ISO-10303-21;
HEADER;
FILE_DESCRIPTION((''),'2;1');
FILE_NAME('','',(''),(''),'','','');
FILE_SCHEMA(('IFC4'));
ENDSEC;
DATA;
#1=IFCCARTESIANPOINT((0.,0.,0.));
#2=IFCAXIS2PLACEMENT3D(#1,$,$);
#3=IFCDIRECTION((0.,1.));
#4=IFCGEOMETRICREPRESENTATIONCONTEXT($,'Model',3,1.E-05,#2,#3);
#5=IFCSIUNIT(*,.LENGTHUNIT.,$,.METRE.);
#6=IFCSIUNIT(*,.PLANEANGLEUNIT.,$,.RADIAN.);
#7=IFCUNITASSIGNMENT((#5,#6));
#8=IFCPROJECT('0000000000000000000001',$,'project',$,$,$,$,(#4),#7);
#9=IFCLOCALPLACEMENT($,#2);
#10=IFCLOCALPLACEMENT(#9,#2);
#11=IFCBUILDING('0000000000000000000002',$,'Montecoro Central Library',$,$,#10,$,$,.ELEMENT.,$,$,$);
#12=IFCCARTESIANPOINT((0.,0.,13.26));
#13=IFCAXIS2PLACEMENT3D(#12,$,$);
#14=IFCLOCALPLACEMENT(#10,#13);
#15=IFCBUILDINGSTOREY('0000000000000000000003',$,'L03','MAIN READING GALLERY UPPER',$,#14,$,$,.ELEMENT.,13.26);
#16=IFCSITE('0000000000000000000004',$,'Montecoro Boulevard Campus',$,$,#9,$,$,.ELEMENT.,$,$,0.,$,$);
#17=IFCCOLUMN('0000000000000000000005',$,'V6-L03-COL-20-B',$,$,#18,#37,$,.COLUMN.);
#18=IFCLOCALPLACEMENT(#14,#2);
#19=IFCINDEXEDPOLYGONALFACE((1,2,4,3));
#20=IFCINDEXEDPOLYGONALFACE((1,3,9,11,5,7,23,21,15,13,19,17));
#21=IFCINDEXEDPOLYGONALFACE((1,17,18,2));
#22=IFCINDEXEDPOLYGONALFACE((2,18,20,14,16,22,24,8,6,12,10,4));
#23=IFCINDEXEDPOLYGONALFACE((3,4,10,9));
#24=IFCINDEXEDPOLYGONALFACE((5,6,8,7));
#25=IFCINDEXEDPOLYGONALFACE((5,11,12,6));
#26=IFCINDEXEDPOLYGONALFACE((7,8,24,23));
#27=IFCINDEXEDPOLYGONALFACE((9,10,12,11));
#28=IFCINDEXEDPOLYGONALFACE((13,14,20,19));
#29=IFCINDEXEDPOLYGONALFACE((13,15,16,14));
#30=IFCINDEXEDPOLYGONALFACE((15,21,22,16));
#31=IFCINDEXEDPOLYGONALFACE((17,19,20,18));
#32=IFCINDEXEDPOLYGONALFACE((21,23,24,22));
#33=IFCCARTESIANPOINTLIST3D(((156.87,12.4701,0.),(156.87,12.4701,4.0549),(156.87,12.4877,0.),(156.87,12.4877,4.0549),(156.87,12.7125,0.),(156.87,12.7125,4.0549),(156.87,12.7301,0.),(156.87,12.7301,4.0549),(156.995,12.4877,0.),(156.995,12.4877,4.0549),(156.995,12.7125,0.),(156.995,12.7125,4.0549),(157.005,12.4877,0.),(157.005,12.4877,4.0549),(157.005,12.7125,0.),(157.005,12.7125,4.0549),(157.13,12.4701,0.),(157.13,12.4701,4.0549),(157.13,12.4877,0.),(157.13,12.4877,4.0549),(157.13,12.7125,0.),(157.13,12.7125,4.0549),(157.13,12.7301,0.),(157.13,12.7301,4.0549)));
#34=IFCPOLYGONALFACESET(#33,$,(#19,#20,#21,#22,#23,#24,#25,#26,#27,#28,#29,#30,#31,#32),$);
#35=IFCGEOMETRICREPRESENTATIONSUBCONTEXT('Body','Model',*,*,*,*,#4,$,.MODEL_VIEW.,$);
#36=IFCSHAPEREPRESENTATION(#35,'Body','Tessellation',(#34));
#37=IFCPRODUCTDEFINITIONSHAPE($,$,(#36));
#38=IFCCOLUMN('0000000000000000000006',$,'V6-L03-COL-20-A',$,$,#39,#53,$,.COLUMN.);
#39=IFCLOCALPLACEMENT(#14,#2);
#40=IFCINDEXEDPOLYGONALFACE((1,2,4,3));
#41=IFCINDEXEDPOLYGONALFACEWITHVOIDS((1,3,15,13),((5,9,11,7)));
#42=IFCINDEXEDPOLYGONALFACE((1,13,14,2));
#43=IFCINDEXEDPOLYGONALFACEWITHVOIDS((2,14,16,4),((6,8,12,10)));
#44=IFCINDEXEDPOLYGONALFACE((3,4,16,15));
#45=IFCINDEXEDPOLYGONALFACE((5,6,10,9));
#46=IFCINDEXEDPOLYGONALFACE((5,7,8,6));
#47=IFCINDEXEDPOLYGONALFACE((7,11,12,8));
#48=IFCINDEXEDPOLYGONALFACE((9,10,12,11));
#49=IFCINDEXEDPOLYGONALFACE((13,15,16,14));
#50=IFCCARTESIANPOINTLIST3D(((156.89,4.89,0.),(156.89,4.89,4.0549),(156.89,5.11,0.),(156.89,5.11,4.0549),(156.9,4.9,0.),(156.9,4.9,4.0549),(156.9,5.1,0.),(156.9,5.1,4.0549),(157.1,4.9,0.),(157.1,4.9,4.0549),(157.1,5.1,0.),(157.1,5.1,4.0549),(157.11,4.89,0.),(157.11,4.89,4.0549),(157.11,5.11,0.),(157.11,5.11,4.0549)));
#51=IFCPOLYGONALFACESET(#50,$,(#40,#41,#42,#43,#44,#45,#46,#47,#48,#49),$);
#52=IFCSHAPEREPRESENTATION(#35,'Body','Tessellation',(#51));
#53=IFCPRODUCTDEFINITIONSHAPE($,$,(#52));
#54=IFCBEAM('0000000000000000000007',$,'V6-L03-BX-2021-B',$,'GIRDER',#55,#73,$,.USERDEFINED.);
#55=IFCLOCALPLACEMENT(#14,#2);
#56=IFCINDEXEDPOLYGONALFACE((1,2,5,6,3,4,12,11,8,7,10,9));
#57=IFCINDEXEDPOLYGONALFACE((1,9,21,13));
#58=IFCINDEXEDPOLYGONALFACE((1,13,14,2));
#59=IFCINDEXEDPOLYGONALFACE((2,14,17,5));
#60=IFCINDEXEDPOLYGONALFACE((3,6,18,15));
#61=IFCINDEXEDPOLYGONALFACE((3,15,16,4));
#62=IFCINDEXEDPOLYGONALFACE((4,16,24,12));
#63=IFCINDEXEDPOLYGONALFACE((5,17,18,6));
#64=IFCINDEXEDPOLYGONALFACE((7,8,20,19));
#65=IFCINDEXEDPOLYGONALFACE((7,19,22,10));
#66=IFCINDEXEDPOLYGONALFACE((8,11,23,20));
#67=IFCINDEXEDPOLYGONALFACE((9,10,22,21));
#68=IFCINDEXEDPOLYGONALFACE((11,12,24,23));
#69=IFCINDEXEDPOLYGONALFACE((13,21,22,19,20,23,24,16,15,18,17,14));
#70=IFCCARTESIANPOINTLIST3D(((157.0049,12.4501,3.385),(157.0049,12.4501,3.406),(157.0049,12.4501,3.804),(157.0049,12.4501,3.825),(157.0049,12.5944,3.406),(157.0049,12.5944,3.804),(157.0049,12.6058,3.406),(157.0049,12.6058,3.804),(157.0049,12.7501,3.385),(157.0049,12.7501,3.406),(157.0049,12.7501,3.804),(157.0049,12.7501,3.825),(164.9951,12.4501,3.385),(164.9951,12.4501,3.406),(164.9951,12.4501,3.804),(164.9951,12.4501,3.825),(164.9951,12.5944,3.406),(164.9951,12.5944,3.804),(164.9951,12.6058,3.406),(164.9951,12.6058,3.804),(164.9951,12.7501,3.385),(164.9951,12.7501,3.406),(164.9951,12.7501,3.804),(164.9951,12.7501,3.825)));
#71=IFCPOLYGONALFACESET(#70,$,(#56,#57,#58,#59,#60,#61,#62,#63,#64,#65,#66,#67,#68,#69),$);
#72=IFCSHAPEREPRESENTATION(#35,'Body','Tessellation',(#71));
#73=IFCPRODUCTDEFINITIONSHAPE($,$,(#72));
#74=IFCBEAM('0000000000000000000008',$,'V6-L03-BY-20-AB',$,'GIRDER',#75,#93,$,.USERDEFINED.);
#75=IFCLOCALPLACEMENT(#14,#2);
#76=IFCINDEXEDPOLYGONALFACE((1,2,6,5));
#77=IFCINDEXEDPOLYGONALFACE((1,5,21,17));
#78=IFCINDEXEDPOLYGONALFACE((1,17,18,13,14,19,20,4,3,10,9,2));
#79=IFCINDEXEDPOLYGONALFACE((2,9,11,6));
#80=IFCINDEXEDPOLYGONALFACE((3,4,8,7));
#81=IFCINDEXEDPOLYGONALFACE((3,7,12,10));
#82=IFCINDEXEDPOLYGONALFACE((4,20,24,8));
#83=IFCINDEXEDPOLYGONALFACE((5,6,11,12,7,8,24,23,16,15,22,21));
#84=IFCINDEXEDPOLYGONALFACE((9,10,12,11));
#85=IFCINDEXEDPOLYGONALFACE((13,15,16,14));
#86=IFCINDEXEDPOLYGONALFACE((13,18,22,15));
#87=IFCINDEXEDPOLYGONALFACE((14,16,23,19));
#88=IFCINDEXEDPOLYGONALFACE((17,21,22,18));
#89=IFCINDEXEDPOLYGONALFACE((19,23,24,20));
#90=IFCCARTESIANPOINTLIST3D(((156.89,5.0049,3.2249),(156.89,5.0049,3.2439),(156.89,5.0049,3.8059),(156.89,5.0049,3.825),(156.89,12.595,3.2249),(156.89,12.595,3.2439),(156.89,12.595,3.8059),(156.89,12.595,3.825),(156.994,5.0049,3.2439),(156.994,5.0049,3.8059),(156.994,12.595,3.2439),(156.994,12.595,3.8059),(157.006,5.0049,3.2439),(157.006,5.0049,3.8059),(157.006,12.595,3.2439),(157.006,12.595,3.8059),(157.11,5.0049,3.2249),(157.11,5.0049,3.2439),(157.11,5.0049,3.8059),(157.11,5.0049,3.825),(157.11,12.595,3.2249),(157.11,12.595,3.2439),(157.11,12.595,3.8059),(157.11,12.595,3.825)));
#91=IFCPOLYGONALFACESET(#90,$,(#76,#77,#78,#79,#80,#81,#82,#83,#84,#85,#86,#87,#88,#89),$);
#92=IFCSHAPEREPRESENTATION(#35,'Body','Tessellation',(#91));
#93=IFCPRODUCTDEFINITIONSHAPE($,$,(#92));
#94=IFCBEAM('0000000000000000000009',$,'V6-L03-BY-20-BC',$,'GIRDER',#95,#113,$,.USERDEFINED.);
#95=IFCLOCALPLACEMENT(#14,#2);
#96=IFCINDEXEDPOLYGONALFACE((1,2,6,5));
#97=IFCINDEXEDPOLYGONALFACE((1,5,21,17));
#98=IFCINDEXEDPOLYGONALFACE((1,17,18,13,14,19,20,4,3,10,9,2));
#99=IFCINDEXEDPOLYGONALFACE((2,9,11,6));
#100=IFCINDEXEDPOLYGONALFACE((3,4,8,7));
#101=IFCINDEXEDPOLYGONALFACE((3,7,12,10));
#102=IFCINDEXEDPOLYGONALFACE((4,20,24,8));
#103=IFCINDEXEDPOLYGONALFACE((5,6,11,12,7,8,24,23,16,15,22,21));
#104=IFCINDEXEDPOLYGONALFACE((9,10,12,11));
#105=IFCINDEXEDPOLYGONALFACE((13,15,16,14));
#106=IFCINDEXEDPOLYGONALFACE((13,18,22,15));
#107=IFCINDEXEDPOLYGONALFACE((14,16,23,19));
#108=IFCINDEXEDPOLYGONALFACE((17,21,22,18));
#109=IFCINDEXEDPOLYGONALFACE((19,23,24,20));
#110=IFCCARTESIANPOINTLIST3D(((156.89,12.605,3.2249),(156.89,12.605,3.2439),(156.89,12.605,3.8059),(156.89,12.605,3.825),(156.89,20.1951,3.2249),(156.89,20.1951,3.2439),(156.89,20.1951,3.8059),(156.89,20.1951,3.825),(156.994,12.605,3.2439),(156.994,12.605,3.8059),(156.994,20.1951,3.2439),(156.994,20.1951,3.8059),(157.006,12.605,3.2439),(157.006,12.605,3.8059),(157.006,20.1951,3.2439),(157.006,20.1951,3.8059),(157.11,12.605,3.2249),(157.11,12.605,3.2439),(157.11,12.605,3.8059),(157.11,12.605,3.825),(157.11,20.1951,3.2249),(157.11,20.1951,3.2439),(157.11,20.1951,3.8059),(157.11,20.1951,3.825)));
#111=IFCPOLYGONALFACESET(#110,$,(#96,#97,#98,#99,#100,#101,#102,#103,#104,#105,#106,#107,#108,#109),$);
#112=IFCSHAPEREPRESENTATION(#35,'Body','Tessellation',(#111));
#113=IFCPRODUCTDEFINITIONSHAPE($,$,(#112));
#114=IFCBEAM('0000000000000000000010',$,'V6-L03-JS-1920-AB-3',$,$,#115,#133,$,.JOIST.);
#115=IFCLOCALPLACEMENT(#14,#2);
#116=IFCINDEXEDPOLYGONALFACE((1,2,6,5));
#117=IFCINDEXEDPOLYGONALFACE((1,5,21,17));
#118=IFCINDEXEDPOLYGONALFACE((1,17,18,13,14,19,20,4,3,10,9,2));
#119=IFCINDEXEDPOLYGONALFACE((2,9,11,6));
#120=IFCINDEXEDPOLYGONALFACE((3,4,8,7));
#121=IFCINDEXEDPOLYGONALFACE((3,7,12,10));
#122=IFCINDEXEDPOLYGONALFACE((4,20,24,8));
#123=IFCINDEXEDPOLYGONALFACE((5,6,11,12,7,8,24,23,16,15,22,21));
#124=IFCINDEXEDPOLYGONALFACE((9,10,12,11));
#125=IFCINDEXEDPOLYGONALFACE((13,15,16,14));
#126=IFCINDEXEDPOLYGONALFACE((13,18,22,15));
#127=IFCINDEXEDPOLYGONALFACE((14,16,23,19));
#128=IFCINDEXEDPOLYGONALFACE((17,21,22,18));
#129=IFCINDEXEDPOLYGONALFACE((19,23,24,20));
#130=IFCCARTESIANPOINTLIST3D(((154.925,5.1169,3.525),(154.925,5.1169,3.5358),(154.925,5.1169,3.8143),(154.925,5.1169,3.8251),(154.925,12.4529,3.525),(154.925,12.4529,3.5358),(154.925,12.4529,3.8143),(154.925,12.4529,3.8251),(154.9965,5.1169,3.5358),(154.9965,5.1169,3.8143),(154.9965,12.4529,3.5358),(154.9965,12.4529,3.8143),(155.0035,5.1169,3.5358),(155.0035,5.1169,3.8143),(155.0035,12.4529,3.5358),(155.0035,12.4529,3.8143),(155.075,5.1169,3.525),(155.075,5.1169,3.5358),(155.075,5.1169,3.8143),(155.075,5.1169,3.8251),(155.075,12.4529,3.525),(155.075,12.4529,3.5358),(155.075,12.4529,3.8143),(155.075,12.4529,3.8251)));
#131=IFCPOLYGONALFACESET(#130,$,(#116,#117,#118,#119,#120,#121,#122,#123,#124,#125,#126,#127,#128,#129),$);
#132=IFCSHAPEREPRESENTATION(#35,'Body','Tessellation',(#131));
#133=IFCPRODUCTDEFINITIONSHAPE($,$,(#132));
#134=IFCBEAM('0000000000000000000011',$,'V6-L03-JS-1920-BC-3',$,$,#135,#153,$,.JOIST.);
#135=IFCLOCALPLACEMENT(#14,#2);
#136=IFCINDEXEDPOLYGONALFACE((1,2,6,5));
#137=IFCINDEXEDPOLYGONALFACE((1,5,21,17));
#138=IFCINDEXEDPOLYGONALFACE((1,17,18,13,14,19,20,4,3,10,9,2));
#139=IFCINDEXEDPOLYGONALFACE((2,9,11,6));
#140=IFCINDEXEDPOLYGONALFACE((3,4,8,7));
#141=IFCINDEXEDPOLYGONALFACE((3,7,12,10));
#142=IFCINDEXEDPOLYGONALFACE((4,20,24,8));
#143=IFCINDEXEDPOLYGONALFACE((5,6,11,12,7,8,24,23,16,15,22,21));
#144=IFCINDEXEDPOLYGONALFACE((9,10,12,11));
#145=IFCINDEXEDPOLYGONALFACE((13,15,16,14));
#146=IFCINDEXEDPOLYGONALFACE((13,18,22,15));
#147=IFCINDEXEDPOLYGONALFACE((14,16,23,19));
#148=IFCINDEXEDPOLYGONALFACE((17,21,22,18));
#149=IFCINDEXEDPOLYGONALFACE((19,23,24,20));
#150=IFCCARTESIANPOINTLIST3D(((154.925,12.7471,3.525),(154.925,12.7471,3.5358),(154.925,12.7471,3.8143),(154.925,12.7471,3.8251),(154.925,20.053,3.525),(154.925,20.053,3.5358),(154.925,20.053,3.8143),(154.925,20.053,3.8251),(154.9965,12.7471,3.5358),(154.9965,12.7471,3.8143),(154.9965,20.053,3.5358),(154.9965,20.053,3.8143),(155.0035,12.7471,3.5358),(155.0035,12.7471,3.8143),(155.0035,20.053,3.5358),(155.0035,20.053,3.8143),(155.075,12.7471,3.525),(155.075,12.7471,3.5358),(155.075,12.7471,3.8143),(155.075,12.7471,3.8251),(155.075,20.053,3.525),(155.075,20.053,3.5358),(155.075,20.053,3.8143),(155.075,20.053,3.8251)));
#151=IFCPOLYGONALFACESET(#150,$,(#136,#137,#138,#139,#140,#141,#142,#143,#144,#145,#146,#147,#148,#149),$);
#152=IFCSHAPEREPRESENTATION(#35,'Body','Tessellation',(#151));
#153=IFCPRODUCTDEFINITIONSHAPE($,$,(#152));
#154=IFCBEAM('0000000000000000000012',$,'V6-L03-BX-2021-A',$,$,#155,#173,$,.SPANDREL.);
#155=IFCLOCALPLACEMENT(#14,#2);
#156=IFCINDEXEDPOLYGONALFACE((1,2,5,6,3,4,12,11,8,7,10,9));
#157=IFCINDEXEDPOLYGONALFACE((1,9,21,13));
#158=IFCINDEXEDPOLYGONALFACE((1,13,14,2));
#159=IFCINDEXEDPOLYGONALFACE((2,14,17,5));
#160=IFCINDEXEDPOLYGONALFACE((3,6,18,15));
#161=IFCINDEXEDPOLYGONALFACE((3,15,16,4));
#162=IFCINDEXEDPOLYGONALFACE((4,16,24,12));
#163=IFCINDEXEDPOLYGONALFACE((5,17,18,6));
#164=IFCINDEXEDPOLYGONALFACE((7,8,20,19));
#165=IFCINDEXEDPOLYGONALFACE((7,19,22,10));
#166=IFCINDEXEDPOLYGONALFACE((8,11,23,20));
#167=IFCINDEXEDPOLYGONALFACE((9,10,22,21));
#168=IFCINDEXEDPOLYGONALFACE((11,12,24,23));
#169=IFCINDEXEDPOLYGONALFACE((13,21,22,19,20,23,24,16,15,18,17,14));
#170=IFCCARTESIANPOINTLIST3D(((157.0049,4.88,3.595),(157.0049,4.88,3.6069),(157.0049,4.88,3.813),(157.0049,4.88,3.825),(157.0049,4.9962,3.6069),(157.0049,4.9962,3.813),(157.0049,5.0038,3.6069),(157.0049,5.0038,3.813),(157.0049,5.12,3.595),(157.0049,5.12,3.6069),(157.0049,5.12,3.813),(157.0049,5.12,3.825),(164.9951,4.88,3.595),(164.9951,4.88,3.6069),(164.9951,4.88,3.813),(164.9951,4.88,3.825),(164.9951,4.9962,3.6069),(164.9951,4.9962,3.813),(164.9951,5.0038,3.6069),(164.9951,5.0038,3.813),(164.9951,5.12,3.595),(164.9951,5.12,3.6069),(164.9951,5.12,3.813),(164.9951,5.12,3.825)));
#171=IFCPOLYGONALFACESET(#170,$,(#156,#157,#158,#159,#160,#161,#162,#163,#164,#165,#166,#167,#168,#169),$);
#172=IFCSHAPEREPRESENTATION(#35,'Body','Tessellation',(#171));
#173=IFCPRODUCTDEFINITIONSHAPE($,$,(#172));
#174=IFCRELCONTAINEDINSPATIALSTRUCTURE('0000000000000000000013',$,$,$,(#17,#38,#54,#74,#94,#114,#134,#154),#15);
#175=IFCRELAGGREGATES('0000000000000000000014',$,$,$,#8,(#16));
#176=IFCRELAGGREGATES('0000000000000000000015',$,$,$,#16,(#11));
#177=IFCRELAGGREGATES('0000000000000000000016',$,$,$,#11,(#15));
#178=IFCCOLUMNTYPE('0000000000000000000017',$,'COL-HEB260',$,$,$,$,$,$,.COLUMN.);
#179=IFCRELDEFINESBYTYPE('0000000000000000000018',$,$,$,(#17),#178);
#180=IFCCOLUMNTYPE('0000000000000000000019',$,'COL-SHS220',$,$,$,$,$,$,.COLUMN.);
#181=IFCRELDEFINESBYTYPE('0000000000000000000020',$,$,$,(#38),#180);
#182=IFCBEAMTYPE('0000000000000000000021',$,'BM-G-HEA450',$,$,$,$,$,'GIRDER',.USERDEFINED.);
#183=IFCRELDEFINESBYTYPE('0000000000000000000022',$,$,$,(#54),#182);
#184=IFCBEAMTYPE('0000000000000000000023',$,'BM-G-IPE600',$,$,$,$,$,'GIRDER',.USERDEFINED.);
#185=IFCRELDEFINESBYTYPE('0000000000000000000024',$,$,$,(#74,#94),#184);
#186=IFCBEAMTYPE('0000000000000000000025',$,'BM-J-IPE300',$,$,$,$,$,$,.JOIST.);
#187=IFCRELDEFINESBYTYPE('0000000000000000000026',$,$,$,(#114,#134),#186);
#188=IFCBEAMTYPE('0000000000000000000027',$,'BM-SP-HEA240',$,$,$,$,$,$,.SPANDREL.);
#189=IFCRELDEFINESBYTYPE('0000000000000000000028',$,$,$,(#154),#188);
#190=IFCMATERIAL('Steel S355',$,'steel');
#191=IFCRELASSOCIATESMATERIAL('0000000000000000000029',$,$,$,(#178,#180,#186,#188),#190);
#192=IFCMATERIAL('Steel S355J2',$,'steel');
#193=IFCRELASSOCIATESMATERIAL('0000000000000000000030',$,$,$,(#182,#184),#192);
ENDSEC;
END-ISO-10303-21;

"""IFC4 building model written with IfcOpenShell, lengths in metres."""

from ifc_helpers import new_model, si_unit, direction, frame, origin, origin_2d, place, context, subcontext, project, spatial, hollow_rectangle, i_section, extrude, material, material_profile, profile_set, type_object, element, save


model = new_model("IFC4")

# Units and contexts
model_context = context("Model", 3, precision=1e-05, world=origin(), true_north=direction((0.0, 1.0)))
body_context = subcontext(model_context, "Body", "Model", "MODEL_VIEW")
ifc_project = project(units=[si_unit("LENGTHUNIT", "METRE"), si_unit("PLANEANGLEUNIT", "RADIAN")], contexts=[model_context])

# Site, building, storey
site_placement = place(None, origin())
site = spatial("IfcSite", under=ifc_project, at=site_placement, Name="Montecoro Boulevard Campus", CompositionType="ELEMENT", RefElevation=0.0)
building_placement = place(site_placement, origin())
building = spatial("IfcBuilding", under=site, at=building_placement, Name="Montecoro Central Library", CompositionType="ELEMENT")
storey_placement = place(building_placement, frame((0.0, 0.0, 13.26)))
storey = spatial("IfcBuildingStorey", under=building, at=storey_placement, Name="L03", Description="MAIN READING GALLERY UPPER", CompositionType="ELEMENT", Elevation=13.26)

# Columns
ifc_material_1 = material(Name="Steel S355", Category="steel")
ifc_material_profile_1 = material_profile(ifc_material_1, i_section(OverallWidth=0.26, OverallDepth=0.26, WebThickness=0.01, FlangeThickness=0.0176, at=origin_2d()), Name="HEB 260")
ifc_profile_set_1 = profile_set([ifc_material_profile_1], Name="Steel S355")
column_type_1 = type_object("IfcColumnType", Name="COL-HEB260", PredefinedType="COLUMN", material=ifc_profile_set_1)
column_1_placement = place(storey_placement, frame((157.0, 12.6001, 0.0), z_axis=(0.0, 0.0, 1.0), x_axis=(1.0, 0.0, 0.0)))
element("IfcColumn", 1, at=column_1_placement, inside=storey, type_object=column_type_1, Name="V6-L03-COL-20-B", PredefinedType="COLUMN", context=body_context, shape_type="SweptSolid", body=[
    extrude(i_section(OverallWidth=0.26, OverallDepth=0.26, WebThickness=0.01, FlangeThickness=0.0176, at=origin_2d()), origin(), (0.0, 0.0, 1.0), 4.0549),
])
ifc_material_profile_2 = material_profile(ifc_material_1, hollow_rectangle(XDim=0.22, YDim=0.22, WallThickness=0.01, at=origin_2d()), Name="SHS 220x220x10.0")
ifc_profile_set_2 = profile_set([ifc_material_profile_2], Name="Steel S355")
column_type_2 = type_object("IfcColumnType", Name="COL-SHS220", PredefinedType="COLUMN", material=ifc_profile_set_2)
column_2_placement = place(storey_placement, frame((157.0, 5.0, 0.0), z_axis=(0.0, 0.0, 1.0), x_axis=(1.0, 0.0, 0.0)))
element("IfcColumn", 2, at=column_2_placement, inside=storey, type_object=column_type_2, Name="V6-L03-COL-20-A", PredefinedType="COLUMN", context=body_context, shape_type="SweptSolid", body=[
    extrude(hollow_rectangle(XDim=0.22, YDim=0.22, WallThickness=0.01, at=origin_2d()), origin(), (0.0, 0.0, 1.0), 4.0549),
])

# Beams
ifc_material_2 = material(Name="Steel S355J2", Category="steel")
ifc_material_profile_3 = material_profile(ifc_material_2, i_section(OverallWidth=0.3, OverallDepth=0.4399, WebThickness=0.0115, FlangeThickness=0.021, at=origin_2d()), Name="HEA 450")
ifc_profile_set_3 = profile_set([ifc_material_profile_3], Name="Steel S355J2")
beam_type_1 = type_object("IfcBeamType", Name="BM-G-HEA450", ElementType="GIRDER", PredefinedType="USERDEFINED", material=ifc_profile_set_3)
beam_1_placement = place(storey_placement, frame((157.0049, 12.6001, 3.605), z_axis=(1.0, 0.0, 0.0), x_axis=(0.0, 1.0, 0.0)))
element("IfcBeam", 3, at=beam_1_placement, inside=storey, type_object=beam_type_1, Name="V6-L03-BX-2021-B", ObjectType="GIRDER", PredefinedType="USERDEFINED", context=body_context, shape_type="SweptSolid", body=[
    extrude(i_section(OverallWidth=0.3, OverallDepth=0.4399, WebThickness=0.0115, FlangeThickness=0.021, at=origin_2d()), origin(), (0.0, 0.0, 1.0), 7.9902),
])
ifc_material_profile_4 = material_profile(ifc_material_2, i_section(OverallWidth=0.22, OverallDepth=0.6001, WebThickness=0.012, FlangeThickness=0.019, at=origin_2d()), Name="IPE 600")
ifc_profile_set_4 = profile_set([ifc_material_profile_4], Name="Steel S355J2")
beam_type_2 = type_object("IfcBeamType", Name="BM-G-IPE600", ElementType="GIRDER", PredefinedType="USERDEFINED", material=ifc_profile_set_4)
for number, where, z_axis, x_axis, name in (
    (4, (157.0, 5.0049, 3.5249), (0.0, 1.0, 0.0), (-1.0, 0.0, 0.0), "V6-L03-BY-20-AB"),
    (5, (157.0, 12.605, 3.5249), (0.0, 1.0, 0.0), (-1.0, 0.0, 0.0), "V6-L03-BY-20-BC"),
):
    element("IfcBeam", number, at=place(storey_placement, frame(where, z_axis=z_axis, x_axis=x_axis)), inside=storey, type_object=beam_type_2, Name=name, ObjectType="GIRDER", PredefinedType="USERDEFINED", context=body_context, shape_type="SweptSolid", body=[
        extrude(i_section(OverallWidth=0.22, OverallDepth=0.6001, WebThickness=0.012, FlangeThickness=0.019, at=origin_2d()), origin(), (0.0, 0.0, 1.0), 7.5901),
    ])
ifc_material_profile_5 = material_profile(ifc_material_1, i_section(OverallWidth=0.1499, OverallDepth=0.3, WebThickness=0.0071, FlangeThickness=0.0107, at=origin_2d()), Name="IPE 300")
ifc_profile_set_5 = profile_set([ifc_material_profile_5], Name="Steel S355")
beam_type_3 = type_object("IfcBeamType", Name="BM-J-IPE300", PredefinedType="JOIST", material=ifc_profile_set_5)
beam_2_placement = place(storey_placement, frame((155.0, 5.1169, 3.675), z_axis=(0.0, 1.0, 0.0), x_axis=(-1.0, 0.0, 0.0)))
element("IfcBeam", 6, at=beam_2_placement, inside=storey, type_object=beam_type_3, Name="V6-L03-JS-1920-AB-3", PredefinedType="JOIST", context=body_context, shape_type="SweptSolid", body=[
    extrude(i_section(OverallWidth=0.1499, OverallDepth=0.3, WebThickness=0.0071, FlangeThickness=0.0107, at=origin_2d()), origin(), (0.0, 0.0, 1.0), 7.3359),
])
beam_3_placement = place(storey_placement, frame((155.0, 12.7471, 3.675), z_axis=(0.0, 1.0, 0.0), x_axis=(-1.0, 0.0, 0.0)))
element("IfcBeam", 7, at=beam_3_placement, inside=storey, type_object=beam_type_3, Name="V6-L03-JS-1920-BC-3", PredefinedType="JOIST", context=body_context, shape_type="SweptSolid", body=[
    extrude(i_section(OverallWidth=0.1499, OverallDepth=0.3, WebThickness=0.0071, FlangeThickness=0.0107, at=origin_2d()), origin(), (0.0, 0.0, 1.0), 7.3059),
])
ifc_material_profile_6 = material_profile(ifc_material_1, i_section(OverallWidth=0.24, OverallDepth=0.23, WebThickness=0.0076, FlangeThickness=0.012, at=origin_2d()), Name="HEA 240")
ifc_profile_set_6 = profile_set([ifc_material_profile_6], Name="Steel S355")
beam_type_4 = type_object("IfcBeamType", Name="BM-SP-HEA240", PredefinedType="SPANDREL", material=ifc_profile_set_6)
beam_4_placement = place(storey_placement, frame((157.0049, 5.0, 3.71), z_axis=(1.0, 0.0, 0.0), x_axis=(0.0, 1.0, 0.0)))
element("IfcBeam", 8, at=beam_4_placement, inside=storey, type_object=beam_type_4, Name="V6-L03-BX-2021-A", PredefinedType="SPANDREL", context=body_context, shape_type="SweptSolid", body=[
    extrude(i_section(OverallWidth=0.24, OverallDepth=0.23, WebThickness=0.0076, FlangeThickness=0.012, at=origin_2d()), origin(), (0.0, 0.0, 1.0), 7.9902),
])

save(model, "model.ifc")
